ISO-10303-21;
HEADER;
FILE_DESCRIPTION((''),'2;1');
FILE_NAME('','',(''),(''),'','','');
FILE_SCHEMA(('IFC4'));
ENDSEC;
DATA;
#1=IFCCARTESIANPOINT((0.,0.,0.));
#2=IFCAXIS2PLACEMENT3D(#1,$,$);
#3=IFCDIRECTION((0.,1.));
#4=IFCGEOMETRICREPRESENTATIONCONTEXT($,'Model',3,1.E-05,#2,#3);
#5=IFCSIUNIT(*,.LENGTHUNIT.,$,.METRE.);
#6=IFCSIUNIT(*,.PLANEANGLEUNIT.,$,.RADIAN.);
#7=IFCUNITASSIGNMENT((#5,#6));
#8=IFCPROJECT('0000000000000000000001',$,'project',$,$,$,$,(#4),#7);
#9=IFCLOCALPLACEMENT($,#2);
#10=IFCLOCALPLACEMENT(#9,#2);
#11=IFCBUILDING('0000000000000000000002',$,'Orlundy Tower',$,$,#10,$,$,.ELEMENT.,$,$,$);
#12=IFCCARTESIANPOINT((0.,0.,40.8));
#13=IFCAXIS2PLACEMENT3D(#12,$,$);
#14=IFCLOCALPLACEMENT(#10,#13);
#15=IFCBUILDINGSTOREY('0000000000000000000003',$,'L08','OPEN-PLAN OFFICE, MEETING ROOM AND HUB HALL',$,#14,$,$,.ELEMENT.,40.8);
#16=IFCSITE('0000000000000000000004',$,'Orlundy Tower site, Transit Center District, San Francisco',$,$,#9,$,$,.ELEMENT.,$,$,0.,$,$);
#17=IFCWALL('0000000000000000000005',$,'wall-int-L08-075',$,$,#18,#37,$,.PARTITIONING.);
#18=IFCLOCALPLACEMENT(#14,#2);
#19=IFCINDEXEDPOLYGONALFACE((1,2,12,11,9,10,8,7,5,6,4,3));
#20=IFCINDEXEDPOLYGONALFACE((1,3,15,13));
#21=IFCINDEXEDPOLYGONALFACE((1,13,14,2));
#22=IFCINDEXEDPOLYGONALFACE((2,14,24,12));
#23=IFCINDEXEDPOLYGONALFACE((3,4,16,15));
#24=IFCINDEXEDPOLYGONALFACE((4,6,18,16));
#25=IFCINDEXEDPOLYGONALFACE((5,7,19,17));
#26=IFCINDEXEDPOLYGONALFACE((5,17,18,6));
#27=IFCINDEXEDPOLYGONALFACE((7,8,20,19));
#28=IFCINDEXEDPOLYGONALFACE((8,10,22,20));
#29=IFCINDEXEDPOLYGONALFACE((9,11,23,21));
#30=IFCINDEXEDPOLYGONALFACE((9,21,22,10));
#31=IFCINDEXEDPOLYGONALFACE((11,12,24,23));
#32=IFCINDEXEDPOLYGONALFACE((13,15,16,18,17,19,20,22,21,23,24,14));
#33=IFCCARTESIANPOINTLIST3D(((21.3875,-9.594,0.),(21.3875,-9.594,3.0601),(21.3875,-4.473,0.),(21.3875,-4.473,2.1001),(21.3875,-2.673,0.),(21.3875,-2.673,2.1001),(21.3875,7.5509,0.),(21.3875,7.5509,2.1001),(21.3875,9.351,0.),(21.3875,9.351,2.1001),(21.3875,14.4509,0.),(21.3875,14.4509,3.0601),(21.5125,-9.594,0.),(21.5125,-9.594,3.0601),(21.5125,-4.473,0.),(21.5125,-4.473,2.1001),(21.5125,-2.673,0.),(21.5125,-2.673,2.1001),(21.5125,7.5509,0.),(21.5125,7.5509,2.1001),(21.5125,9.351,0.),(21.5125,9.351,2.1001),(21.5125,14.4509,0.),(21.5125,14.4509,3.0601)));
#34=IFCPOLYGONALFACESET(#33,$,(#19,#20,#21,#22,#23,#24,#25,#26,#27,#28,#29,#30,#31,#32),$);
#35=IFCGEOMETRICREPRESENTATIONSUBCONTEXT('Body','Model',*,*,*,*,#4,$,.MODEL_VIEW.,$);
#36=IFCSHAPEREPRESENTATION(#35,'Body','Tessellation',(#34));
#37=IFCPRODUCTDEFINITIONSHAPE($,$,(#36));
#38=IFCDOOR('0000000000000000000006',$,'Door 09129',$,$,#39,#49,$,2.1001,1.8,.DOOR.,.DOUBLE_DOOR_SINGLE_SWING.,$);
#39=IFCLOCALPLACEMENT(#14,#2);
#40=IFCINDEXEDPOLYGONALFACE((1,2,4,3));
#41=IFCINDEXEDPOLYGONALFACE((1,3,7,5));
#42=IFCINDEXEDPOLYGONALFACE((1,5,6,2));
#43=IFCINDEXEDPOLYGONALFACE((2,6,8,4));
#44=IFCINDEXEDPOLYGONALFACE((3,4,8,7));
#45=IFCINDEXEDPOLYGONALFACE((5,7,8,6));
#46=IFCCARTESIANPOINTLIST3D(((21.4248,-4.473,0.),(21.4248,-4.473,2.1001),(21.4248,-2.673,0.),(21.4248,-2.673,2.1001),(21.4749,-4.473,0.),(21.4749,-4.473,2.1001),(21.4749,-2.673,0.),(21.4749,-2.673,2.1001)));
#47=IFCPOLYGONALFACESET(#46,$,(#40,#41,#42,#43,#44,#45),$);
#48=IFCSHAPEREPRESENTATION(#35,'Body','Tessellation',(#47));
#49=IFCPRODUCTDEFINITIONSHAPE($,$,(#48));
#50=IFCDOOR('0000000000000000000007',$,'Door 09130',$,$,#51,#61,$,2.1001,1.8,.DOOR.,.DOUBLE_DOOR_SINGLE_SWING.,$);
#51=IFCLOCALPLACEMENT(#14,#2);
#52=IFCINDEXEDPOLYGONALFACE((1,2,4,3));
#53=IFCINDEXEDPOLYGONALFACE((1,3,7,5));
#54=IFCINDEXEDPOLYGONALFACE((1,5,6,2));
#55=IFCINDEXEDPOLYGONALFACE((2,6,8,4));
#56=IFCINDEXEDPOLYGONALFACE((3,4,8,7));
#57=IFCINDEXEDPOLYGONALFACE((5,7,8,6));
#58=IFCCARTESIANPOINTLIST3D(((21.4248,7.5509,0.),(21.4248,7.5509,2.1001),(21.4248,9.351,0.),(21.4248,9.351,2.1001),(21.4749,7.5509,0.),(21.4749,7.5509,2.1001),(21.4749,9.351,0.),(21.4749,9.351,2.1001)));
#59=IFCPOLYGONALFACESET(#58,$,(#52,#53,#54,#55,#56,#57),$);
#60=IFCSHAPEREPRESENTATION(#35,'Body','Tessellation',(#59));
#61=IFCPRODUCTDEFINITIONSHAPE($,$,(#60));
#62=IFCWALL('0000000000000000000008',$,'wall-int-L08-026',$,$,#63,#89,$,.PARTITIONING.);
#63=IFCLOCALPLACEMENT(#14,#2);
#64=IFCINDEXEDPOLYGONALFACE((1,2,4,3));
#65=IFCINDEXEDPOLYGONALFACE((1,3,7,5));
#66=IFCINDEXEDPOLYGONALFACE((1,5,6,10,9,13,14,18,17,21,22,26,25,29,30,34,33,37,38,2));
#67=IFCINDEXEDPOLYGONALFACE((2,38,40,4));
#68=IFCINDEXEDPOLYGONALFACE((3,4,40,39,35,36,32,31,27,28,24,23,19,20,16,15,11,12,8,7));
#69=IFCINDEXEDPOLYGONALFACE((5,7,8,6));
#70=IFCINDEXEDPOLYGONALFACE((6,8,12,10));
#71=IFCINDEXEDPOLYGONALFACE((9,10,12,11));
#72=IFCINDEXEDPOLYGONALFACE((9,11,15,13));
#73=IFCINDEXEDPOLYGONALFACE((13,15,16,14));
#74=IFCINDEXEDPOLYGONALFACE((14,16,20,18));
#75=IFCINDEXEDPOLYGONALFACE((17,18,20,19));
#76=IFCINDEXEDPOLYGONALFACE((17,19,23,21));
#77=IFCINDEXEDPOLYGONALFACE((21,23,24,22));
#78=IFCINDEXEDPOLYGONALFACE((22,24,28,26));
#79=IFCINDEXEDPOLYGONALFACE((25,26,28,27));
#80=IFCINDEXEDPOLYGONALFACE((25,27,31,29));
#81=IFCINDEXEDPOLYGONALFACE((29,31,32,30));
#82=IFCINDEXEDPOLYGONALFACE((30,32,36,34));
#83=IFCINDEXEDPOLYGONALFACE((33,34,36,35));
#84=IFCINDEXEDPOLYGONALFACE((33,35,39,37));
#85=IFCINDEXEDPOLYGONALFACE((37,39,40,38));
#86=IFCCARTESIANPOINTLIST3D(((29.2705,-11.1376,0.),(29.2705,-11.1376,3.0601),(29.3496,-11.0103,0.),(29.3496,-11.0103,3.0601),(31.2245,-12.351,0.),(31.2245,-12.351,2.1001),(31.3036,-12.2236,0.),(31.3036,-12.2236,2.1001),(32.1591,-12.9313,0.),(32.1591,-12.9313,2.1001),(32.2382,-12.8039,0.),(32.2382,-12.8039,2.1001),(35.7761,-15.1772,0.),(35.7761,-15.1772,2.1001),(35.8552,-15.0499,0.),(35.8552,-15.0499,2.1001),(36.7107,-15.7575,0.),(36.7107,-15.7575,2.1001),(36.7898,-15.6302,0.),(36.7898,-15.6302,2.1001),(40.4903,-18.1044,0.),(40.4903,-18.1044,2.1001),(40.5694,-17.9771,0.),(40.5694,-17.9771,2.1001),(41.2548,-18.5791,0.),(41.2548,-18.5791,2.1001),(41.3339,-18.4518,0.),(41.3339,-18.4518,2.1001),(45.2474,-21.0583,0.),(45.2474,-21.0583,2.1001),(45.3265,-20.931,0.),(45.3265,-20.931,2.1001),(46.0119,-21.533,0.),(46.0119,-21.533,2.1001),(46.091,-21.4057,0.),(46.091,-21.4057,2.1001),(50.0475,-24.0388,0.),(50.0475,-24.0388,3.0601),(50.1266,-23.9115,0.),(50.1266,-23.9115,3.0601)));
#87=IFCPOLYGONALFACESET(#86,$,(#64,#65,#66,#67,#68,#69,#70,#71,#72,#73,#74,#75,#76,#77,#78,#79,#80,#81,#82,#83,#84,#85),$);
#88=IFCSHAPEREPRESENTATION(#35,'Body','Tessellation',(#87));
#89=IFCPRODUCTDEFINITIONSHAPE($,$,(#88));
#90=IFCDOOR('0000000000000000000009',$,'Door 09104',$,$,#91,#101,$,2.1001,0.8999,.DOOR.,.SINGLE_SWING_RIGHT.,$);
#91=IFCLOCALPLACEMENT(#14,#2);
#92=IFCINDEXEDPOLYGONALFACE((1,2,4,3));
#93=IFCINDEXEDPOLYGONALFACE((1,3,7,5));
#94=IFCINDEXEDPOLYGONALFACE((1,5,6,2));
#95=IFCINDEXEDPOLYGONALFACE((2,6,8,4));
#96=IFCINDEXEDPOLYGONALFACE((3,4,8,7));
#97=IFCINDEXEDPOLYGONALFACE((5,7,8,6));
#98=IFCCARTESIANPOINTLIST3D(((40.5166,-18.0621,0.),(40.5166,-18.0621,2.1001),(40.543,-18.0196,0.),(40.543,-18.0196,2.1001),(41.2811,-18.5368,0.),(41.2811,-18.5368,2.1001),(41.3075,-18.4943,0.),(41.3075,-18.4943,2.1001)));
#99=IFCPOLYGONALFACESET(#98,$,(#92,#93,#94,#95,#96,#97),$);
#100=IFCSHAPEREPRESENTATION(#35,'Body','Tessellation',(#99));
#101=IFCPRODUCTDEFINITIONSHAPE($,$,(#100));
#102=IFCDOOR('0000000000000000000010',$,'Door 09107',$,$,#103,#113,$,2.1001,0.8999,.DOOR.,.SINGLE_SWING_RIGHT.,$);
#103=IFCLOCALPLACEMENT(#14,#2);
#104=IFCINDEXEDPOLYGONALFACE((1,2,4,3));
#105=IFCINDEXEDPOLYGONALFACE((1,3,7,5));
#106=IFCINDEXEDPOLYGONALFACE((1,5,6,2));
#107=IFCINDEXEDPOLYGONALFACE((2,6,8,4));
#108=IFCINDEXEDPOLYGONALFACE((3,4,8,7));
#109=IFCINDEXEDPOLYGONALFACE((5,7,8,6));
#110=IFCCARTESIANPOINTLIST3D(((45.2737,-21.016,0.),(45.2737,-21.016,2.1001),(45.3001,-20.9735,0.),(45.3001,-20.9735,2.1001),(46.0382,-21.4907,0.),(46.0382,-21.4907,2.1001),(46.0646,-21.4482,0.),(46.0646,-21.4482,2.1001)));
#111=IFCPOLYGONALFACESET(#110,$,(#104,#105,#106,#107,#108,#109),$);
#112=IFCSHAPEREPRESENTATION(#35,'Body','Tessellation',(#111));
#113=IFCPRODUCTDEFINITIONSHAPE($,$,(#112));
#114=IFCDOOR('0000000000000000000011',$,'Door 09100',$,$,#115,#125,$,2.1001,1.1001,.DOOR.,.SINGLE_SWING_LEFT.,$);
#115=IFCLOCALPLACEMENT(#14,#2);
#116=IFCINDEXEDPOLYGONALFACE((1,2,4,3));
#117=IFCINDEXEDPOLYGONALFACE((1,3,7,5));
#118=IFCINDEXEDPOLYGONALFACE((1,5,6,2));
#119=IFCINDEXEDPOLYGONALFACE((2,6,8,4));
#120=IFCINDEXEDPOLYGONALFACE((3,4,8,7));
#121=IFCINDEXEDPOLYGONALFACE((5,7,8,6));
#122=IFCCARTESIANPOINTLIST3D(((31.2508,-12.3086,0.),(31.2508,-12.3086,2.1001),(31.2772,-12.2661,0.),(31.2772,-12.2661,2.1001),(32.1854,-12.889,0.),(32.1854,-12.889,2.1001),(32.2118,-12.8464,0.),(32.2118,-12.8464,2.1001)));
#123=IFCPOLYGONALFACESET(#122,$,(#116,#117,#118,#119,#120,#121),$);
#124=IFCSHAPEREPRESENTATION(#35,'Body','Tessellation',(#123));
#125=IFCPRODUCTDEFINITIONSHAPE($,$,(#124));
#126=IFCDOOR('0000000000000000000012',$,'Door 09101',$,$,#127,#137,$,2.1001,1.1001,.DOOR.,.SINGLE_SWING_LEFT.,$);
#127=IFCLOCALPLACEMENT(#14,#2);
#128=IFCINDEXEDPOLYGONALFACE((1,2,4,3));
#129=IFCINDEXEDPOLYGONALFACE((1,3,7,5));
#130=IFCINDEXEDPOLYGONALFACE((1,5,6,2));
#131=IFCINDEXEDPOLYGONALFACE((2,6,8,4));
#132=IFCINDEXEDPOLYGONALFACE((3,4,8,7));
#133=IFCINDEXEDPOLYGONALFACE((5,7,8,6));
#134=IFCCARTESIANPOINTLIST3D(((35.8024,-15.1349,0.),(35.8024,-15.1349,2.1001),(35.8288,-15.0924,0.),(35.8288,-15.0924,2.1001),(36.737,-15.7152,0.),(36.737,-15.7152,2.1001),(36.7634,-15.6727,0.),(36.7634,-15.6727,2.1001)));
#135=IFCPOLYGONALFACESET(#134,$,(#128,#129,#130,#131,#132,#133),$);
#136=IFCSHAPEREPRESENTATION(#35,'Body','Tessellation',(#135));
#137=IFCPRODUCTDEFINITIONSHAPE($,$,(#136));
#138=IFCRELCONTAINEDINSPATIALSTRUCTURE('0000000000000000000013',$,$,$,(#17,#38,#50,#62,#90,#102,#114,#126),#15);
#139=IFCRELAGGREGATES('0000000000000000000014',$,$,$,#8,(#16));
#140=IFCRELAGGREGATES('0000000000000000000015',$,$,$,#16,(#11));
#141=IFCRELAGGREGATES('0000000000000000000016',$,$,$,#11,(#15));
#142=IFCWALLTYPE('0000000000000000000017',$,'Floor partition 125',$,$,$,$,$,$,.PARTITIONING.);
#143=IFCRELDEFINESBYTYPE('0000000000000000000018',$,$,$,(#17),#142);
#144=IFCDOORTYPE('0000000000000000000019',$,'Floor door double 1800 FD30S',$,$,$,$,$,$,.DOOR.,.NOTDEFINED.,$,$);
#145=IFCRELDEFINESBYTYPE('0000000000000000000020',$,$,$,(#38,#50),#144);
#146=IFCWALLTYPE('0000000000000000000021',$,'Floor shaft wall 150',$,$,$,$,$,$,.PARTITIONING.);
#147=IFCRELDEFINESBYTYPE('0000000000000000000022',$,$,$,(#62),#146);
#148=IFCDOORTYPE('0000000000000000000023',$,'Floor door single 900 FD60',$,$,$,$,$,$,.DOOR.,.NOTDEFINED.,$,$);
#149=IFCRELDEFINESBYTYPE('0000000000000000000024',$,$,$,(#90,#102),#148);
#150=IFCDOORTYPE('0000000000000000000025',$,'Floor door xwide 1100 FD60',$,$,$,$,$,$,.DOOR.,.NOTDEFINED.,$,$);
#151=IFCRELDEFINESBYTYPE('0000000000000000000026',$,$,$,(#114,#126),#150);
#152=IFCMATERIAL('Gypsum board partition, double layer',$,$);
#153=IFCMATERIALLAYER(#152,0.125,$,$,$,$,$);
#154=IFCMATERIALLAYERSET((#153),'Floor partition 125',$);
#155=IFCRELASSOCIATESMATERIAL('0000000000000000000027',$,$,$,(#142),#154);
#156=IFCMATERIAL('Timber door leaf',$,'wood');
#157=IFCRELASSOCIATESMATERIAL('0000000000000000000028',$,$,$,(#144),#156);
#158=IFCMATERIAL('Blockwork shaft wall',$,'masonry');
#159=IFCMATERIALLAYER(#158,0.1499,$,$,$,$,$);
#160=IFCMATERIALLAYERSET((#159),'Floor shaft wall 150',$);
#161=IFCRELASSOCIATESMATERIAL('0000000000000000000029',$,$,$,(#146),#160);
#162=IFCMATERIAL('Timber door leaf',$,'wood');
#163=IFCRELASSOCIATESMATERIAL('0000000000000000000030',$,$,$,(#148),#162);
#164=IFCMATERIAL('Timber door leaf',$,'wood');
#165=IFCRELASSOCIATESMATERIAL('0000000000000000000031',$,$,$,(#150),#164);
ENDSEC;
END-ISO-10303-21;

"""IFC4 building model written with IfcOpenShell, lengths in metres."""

from ifc_helpers import new_model, si_unit, direction, frame, frame_2d, origin, place, context, subcontext, project, spatial, rectangle, extrude, material, layer, layer_set, type_object, element, fill, save


model = new_model("IFC4")

# Units and contexts
model_context = context("Model", 3, precision=1e-05, world=origin(), true_north=direction((0.0, 1.0)))
body_context = subcontext(model_context, "Body", "Model", "MODEL_VIEW")
ifc_project = project(units=[si_unit("LENGTHUNIT", "METRE"), si_unit("PLANEANGLEUNIT", "RADIAN")], contexts=[model_context])

# Site, building, storey
site_placement = place(None, origin())
site = spatial("IfcSite", under=ifc_project, at=site_placement, Name="Orlundy Tower site, Transit Center District, San Francisco", CompositionType="ELEMENT", RefElevation=0.0)
building_placement = place(site_placement, origin())
building = spatial("IfcBuilding", under=site, at=building_placement, Name="Orlundy Tower", CompositionType="ELEMENT")
storey_placement = place(building_placement, frame((0.0, 0.0, 40.8)))
storey = spatial("IfcBuildingStorey", under=building, at=storey_placement, Name="L08", Description="OPEN-PLAN OFFICE, MEETING ROOM AND HUB HALL", CompositionType="ELEMENT", Elevation=40.8)

# Shared definitions
ifc_material_1 = material(Name="Gypsum board partition, double layer")
ifc_layer_1 = layer(ifc_material_1, 0.125)
ifc_layer_set_1 = layer_set([ifc_layer_1], Name="Floor partition 125")
wall_type_1 = type_object("IfcWallType", Name="Floor partition 125", PredefinedType="PARTITIONING", material=ifc_layer_set_1)

# Walls, openings, doors
wall_1_placement = place(storey_placement, frame((21.45, 14.4509, 0.0), z_axis=(0.0, 0.0, 1.0), x_axis=(0.0, -1.0, 0.0)))
wall_1 = element("IfcWall", 1, at=wall_1_placement, inside=storey, type_object=wall_type_1, Name="wall-int-L08-075", PredefinedType="PARTITIONING", context=body_context, shape_type="SweptSolid", body=[
    extrude(rectangle(XDim=24.0449, YDim=0.125, at=frame_2d((12.0225, 0.0))), origin(), (0.0, 0.0, 1.0), 3.0601),
])
opening_1_placement = place(wall_1_placement, frame((17.124, 0.0, 0.0)))
opening_1 = element("IfcOpeningElement", 2, at=opening_1_placement, cuts=wall_1, PredefinedType="OPENING", context=body_context, shape_type="SweptSolid", body=[
    extrude(rectangle(XDim=1.8, YDim=2.1001, at=frame_2d((0.8999, 1.05))), frame((0.0, 0.0725, 0.0), z_axis=(0.0, -1.0, 0.0), x_axis=(1.0, 0.0, 0.0)), (0.0, 0.0, 1.0), 0.145),
])
opening_2_placement = place(wall_1_placement, frame((5.1001, 0.0, 0.0)))
opening_2 = element("IfcOpeningElement", 3, at=opening_2_placement, cuts=wall_1, PredefinedType="OPENING", context=body_context, shape_type="SweptSolid", body=[
    extrude(rectangle(XDim=1.8, YDim=2.1001, at=frame_2d((0.8999, 1.05))), frame((0.0, 0.0725, 0.0), z_axis=(0.0, -1.0, 0.0), x_axis=(1.0, 0.0, 0.0)), (0.0, 0.0, 1.0), 0.145),
])
ifc_material_2 = material(Name="Timber door leaf", Category="wood")
door_type_1 = type_object("IfcDoorType", Name="Floor door double 1800 FD30S", OperationType="NOTDEFINED", PredefinedType="DOOR", material=ifc_material_2)
door_1_placement = place(opening_1_placement, origin())
door_1 = element("IfcDoor", 4, at=door_1_placement, inside=storey, type_object=door_type_1, Name="Door 09129", OperationType="DOUBLE_DOOR_SINGLE_SWING", OverallHeight=2.1001, OverallWidth=1.8, PredefinedType="DOOR", context=body_context, shape_type="SweptSolid", body=[
    extrude(rectangle(XDim=1.8, YDim=2.1001, at=frame_2d((0.8999, 1.05))), frame((0.0, 0.0249, 0.0), z_axis=(0.0, -1.0, 0.0), x_axis=(1.0, 0.0, 0.0)), (0.0, 0.0, 1.0), 0.05),
])
fill(opening_1, door_1)
door_2_placement = place(opening_2_placement, origin())
door_2 = element("IfcDoor", 5, at=door_2_placement, inside=storey, type_object=door_type_1, Name="Door 09130", OperationType="DOUBLE_DOOR_SINGLE_SWING", OverallHeight=2.1001, OverallWidth=1.8, PredefinedType="DOOR", context=body_context, shape_type="SweptSolid", body=[
    extrude(rectangle(XDim=1.8, YDim=2.1001, at=frame_2d((0.8999, 1.05))), frame((0.0, 0.0249, 0.0), z_axis=(0.0, -1.0, 0.0), x_axis=(1.0, 0.0, 0.0)), (0.0, 0.0, 1.0), 0.05),
])
fill(opening_2, door_2)
ifc_material_3 = material(Name="Blockwork shaft wall", Category="masonry")
ifc_layer_2 = layer(ifc_material_3, 0.1499)
ifc_layer_set_2 = layer_set([ifc_layer_2], Name="Floor shaft wall 150")
wall_type_2 = type_object("IfcWallType", Name="Floor shaft wall 150", PredefinedType="PARTITIONING", material=ifc_layer_set_2)
wall_2_placement = place(storey_placement, frame((29.3101, -11.074, 0.0), z_axis=(0.0, 0.0, 1.0), x_axis=(0.849546, -0.527515, 0.0)))
wall_2 = element("IfcWall", 6, at=wall_2_placement, inside=storey, type_object=wall_type_2, Name="wall-int-L08-026", PredefinedType="PARTITIONING", context=body_context, shape_type="SweptSolid", body=[
    extrude(rectangle(XDim=24.4565, YDim=0.1499, at=frame_2d((12.2283, 0.0))), origin(), (0.0, 0.0, 1.0), 3.0601),
])
opening_3_placement = place(wall_2_placement, frame((2.3, 0.0, 0.0)))
opening_3 = element("IfcOpeningElement", 7, at=opening_3_placement, cuts=wall_2, PredefinedType="OPENING", context=body_context, shape_type="SweptSolid", body=[
    extrude(rectangle(XDim=1.1001, YDim=2.1001, at=frame_2d((0.55, 1.05))), frame((0.0, 0.085, 0.0), z_axis=(0.0, -1.0, 0.0), x_axis=(1.0, 0.0, 0.0)), (0.0, 0.0, 1.0), 0.1699),
])
opening_4_placement = place(wall_2_placement, frame((7.6577, 0.0, 0.0)))
opening_4 = element("IfcOpeningElement", 8, at=opening_4_placement, cuts=wall_2, PredefinedType="OPENING", context=body_context, shape_type="SweptSolid", body=[
    extrude(rectangle(XDim=1.1001, YDim=2.1001, at=frame_2d((0.55, 1.05))), frame((0.0, 0.085, 0.0), z_axis=(0.0, -1.0, 0.0), x_axis=(1.0, 0.0, 0.0)), (0.0, 0.0, 1.0), 0.1699),
])
opening_5_placement = place(wall_2_placement, frame((13.2068, 0.0, 0.0)))
opening_5 = element("IfcOpeningElement", 9, at=opening_5_placement, cuts=wall_2, PredefinedType="OPENING", context=body_context, shape_type="SweptSolid", body=[
    extrude(rectangle(XDim=0.8999, YDim=2.1001, at=frame_2d((0.45, 1.05))), frame((0.0, 0.085, 0.0), z_axis=(0.0, -1.0, 0.0), x_axis=(1.0, 0.0, 0.0)), (0.0, 0.0, 1.0), 0.1699),
])
opening_6_placement = place(wall_2_placement, frame((18.8064, 0.0, 0.0)))
opening_6 = element("IfcOpeningElement", 10, at=opening_6_placement, cuts=wall_2, PredefinedType="OPENING", context=body_context, shape_type="SweptSolid", body=[
    extrude(rectangle(XDim=0.8999, YDim=2.1001, at=frame_2d((0.45, 1.05))), frame((0.0, 0.085, 0.0), z_axis=(0.0, -1.0, 0.0), x_axis=(1.0, 0.0, 0.0)), (0.0, 0.0, 1.0), 0.1699),
])
ifc_material_4 = material(Name="Timber door leaf", Category="wood")
door_type_2 = type_object("IfcDoorType", Name="Floor door single 900 FD60", OperationType="NOTDEFINED", PredefinedType="DOOR", material=ifc_material_4)
door_3_placement = place(opening_5_placement, origin())
door_3 = element("IfcDoor", 11, at=door_3_placement, inside=storey, type_object=door_type_2, Name="Door 09104", OperationType="SINGLE_SWING_RIGHT", OverallHeight=2.1001, OverallWidth=0.8999, PredefinedType="DOOR", context=body_context, shape_type="SweptSolid", body=[
    extrude(rectangle(XDim=0.8999, YDim=2.1001, at=frame_2d((0.45, 1.05))), frame((0.0, 0.0249, 0.0), z_axis=(0.0, -1.0, 0.0), x_axis=(1.0, 0.0, 0.0)), (0.0, 0.0, 1.0), 0.05),
])
fill(opening_5, door_3)
door_4_placement = place(opening_6_placement, origin())
door_4 = element("IfcDoor", 12, at=door_4_placement, inside=storey, type_object=door_type_2, Name="Door 09107", OperationType="SINGLE_SWING_RIGHT", OverallHeight=2.1001, OverallWidth=0.8999, PredefinedType="DOOR", context=body_context, shape_type="SweptSolid", body=[
    extrude(rectangle(XDim=0.8999, YDim=2.1001, at=frame_2d((0.45, 1.05))), frame((0.0, 0.0249, 0.0), z_axis=(0.0, -1.0, 0.0), x_axis=(1.0, 0.0, 0.0)), (0.0, 0.0, 1.0), 0.05),
])
fill(opening_6, door_4)
ifc_material_5 = material(Name="Timber door leaf", Category="wood")
door_type_3 = type_object("IfcDoorType", Name="Floor door xwide 1100 FD60", OperationType="NOTDEFINED", PredefinedType="DOOR", material=ifc_material_5)
door_5_placement = place(opening_3_placement, origin())
door_5 = element("IfcDoor", 13, at=door_5_placement, inside=storey, type_object=door_type_3, Name="Door 09100", OperationType="SINGLE_SWING_LEFT", OverallHeight=2.1001, OverallWidth=1.1001, PredefinedType="DOOR", context=body_context, shape_type="SweptSolid", body=[
    extrude(rectangle(XDim=1.1001, YDim=2.1001, at=frame_2d((0.55, 1.05))), frame((0.0, 0.0249, 0.0), z_axis=(0.0, -1.0, 0.0), x_axis=(1.0, 0.0, 0.0)), (0.0, 0.0, 1.0), 0.05),
])
fill(opening_3, door_5)
door_6_placement = place(opening_4_placement, origin())
door_6 = element("IfcDoor", 14, at=door_6_placement, inside=storey, type_object=door_type_3, Name="Door 09101", OperationType="SINGLE_SWING_LEFT", OverallHeight=2.1001, OverallWidth=1.1001, PredefinedType="DOOR", context=body_context, shape_type="SweptSolid", body=[
    extrude(rectangle(XDim=1.1001, YDim=2.1001, at=frame_2d((0.55, 1.05))), frame((0.0, 0.0249, 0.0), z_axis=(0.0, -1.0, 0.0), x_axis=(1.0, 0.0, 0.0)), (0.0, 0.0, 1.0), 0.05),
])
fill(opening_4, door_6)

save(model, "model.ifc")
